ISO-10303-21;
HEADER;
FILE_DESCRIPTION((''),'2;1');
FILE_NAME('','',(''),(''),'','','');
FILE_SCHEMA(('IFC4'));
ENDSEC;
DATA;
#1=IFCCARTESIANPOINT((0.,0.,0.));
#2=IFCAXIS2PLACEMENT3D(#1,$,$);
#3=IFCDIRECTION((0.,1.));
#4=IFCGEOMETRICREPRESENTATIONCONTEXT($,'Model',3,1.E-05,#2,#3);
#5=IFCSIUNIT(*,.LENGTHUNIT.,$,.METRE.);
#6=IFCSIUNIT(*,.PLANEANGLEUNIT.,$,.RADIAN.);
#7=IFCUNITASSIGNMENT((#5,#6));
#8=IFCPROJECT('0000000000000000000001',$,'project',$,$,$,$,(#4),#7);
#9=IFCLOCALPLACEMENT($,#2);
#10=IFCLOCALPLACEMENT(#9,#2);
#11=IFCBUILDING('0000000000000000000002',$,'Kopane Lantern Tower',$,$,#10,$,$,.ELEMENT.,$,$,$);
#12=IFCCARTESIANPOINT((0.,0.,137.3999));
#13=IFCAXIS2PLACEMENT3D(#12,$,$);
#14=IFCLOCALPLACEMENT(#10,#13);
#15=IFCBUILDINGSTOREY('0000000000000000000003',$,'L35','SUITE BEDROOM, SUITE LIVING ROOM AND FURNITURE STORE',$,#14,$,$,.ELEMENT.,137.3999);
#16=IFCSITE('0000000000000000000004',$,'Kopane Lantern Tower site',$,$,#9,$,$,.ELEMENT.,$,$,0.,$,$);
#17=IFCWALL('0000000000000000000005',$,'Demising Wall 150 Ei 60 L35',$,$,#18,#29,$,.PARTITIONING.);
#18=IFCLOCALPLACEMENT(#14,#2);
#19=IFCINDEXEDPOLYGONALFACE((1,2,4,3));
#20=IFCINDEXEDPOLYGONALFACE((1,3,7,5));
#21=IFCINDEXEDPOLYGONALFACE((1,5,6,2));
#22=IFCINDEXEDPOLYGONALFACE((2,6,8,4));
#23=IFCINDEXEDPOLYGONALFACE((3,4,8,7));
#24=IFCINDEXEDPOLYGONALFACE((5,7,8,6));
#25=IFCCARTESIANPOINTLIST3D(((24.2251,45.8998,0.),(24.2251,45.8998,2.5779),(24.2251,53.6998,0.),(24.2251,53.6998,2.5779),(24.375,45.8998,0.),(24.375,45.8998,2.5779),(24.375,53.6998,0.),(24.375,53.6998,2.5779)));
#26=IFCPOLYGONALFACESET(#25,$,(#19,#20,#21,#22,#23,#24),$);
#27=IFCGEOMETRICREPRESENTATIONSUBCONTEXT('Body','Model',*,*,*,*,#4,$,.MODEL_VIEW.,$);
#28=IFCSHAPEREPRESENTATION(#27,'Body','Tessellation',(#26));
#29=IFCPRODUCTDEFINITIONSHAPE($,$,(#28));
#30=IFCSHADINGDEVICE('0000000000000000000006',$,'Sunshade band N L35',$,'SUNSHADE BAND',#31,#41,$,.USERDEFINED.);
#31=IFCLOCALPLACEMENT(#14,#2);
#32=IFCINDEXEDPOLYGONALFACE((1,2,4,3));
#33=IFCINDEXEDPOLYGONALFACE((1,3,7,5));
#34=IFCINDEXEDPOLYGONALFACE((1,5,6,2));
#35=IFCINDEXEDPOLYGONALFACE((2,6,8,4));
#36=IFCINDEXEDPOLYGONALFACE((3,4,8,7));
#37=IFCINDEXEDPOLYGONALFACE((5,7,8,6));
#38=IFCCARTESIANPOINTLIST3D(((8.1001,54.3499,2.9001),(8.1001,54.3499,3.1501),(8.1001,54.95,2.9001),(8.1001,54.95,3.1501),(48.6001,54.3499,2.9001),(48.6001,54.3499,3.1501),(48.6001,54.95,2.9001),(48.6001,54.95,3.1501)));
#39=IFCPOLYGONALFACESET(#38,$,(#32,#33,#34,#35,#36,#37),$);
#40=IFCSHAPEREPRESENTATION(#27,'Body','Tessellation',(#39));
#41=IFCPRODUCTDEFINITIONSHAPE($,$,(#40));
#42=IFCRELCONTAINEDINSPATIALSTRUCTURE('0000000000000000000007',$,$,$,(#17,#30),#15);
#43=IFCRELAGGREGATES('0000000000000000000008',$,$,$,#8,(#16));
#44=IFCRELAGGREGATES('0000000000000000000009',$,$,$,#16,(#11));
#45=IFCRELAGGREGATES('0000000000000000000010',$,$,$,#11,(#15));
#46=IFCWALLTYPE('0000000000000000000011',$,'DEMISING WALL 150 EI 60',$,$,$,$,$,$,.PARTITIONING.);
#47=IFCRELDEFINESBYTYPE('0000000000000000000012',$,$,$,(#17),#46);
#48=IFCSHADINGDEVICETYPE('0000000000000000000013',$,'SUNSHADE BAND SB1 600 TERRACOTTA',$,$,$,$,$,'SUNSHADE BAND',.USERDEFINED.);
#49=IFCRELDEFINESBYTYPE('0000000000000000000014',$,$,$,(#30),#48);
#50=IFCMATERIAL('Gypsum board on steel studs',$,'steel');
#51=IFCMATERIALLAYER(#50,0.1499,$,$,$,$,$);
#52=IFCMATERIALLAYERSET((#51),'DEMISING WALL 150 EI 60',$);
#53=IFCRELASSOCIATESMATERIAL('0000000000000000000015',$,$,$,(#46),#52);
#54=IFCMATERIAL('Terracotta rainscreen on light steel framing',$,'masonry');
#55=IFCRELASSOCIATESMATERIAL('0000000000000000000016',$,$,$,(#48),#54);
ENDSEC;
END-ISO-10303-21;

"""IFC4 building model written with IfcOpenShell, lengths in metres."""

from ifc_helpers import new_model, si_unit, direction, frame, frame_2d, origin, origin_2d, place, context, subcontext, project, spatial, rectangle, extrude, material, layer, layer_set, type_object, element, save


model = new_model("IFC4")

# Units and contexts
model_context = context("Model", 3, precision=1e-05, world=origin(), true_north=direction((0.0, 1.0)))
body_context = subcontext(model_context, "Body", "Model", "MODEL_VIEW")
ifc_project = project(units=[si_unit("LENGTHUNIT", "METRE"), si_unit("PLANEANGLEUNIT", "RADIAN")], contexts=[model_context])

# Site, building, storey
site_placement = place(None, origin())
site = spatial("IfcSite", under=ifc_project, at=site_placement, Name="Kopane Lantern Tower site", CompositionType="ELEMENT", RefElevation=0.0)
building_placement = place(site_placement, origin())
building = spatial("IfcBuilding", under=site, at=building_placement, Name="Kopane Lantern Tower", CompositionType="ELEMENT")
storey_placement = place(building_placement, frame((0.0, 0.0, 137.3999)))
storey = spatial("IfcBuildingStorey", under=building, at=storey_placement, Name="L35", Description="SUITE BEDROOM, SUITE LIVING ROOM AND FURNITURE STORE", CompositionType="ELEMENT", Elevation=137.3999)

# Wall
ifc_material_1 = material(Name="Gypsum board on steel studs", Category="steel")
ifc_layer_1 = layer(ifc_material_1, 0.1499)
ifc_layer_set_1 = layer_set([ifc_layer_1], Name="DEMISING WALL 150 EI 60")
wall_type_1 = type_object("IfcWallType", Name="DEMISING WALL 150 EI 60", PredefinedType="PARTITIONING", material=ifc_layer_set_1)
wall_1_placement = place(storey_placement, frame((24.3, 45.8999, 0.0), z_axis=(0.0, 0.0, 1.0), x_axis=(0.0, 1.0, 0.0)))
element("IfcWall", 1, at=wall_1_placement, inside=storey, type_object=wall_type_1, Name="Demising Wall 150 Ei 60 L35", PredefinedType="PARTITIONING", context=body_context, shape_type="SweptSolid", body=[
    extrude(rectangle(XDim=7.8, YDim=0.1499, at=frame_2d((3.8999, 0.0))), origin(), (0.0, 0.0, 1.0), 2.5779),
])

# Shading device
ifc_material_2 = material(Name="Terracotta rainscreen on light steel framing", Category="masonry")
shading_device_type = type_object("IfcShadingDeviceType", Name="SUNSHADE BAND SB1 600 TERRACOTTA", ElementType="SUNSHADE BAND", PredefinedType="USERDEFINED", material=ifc_material_2)
shading_device_placement = place(storey_placement, frame((28.3501, 54.6499, 2.9001), z_axis=(0.0, 0.0, 1.0), x_axis=(-1.0, 0.0, 0.0)))
element("IfcShadingDevice", 2, at=shading_device_placement, inside=storey, type_object=shading_device_type, Name="Sunshade band N L35", ObjectType="SUNSHADE BAND", PredefinedType="USERDEFINED", context=body_context, shape_type="SweptSolid", body=[
    extrude(rectangle(XDim=40.5, YDim=0.6001, at=origin_2d()), origin(), (0.0, 0.0, 1.0), 0.25),
])

save(model, "model.ifc")
